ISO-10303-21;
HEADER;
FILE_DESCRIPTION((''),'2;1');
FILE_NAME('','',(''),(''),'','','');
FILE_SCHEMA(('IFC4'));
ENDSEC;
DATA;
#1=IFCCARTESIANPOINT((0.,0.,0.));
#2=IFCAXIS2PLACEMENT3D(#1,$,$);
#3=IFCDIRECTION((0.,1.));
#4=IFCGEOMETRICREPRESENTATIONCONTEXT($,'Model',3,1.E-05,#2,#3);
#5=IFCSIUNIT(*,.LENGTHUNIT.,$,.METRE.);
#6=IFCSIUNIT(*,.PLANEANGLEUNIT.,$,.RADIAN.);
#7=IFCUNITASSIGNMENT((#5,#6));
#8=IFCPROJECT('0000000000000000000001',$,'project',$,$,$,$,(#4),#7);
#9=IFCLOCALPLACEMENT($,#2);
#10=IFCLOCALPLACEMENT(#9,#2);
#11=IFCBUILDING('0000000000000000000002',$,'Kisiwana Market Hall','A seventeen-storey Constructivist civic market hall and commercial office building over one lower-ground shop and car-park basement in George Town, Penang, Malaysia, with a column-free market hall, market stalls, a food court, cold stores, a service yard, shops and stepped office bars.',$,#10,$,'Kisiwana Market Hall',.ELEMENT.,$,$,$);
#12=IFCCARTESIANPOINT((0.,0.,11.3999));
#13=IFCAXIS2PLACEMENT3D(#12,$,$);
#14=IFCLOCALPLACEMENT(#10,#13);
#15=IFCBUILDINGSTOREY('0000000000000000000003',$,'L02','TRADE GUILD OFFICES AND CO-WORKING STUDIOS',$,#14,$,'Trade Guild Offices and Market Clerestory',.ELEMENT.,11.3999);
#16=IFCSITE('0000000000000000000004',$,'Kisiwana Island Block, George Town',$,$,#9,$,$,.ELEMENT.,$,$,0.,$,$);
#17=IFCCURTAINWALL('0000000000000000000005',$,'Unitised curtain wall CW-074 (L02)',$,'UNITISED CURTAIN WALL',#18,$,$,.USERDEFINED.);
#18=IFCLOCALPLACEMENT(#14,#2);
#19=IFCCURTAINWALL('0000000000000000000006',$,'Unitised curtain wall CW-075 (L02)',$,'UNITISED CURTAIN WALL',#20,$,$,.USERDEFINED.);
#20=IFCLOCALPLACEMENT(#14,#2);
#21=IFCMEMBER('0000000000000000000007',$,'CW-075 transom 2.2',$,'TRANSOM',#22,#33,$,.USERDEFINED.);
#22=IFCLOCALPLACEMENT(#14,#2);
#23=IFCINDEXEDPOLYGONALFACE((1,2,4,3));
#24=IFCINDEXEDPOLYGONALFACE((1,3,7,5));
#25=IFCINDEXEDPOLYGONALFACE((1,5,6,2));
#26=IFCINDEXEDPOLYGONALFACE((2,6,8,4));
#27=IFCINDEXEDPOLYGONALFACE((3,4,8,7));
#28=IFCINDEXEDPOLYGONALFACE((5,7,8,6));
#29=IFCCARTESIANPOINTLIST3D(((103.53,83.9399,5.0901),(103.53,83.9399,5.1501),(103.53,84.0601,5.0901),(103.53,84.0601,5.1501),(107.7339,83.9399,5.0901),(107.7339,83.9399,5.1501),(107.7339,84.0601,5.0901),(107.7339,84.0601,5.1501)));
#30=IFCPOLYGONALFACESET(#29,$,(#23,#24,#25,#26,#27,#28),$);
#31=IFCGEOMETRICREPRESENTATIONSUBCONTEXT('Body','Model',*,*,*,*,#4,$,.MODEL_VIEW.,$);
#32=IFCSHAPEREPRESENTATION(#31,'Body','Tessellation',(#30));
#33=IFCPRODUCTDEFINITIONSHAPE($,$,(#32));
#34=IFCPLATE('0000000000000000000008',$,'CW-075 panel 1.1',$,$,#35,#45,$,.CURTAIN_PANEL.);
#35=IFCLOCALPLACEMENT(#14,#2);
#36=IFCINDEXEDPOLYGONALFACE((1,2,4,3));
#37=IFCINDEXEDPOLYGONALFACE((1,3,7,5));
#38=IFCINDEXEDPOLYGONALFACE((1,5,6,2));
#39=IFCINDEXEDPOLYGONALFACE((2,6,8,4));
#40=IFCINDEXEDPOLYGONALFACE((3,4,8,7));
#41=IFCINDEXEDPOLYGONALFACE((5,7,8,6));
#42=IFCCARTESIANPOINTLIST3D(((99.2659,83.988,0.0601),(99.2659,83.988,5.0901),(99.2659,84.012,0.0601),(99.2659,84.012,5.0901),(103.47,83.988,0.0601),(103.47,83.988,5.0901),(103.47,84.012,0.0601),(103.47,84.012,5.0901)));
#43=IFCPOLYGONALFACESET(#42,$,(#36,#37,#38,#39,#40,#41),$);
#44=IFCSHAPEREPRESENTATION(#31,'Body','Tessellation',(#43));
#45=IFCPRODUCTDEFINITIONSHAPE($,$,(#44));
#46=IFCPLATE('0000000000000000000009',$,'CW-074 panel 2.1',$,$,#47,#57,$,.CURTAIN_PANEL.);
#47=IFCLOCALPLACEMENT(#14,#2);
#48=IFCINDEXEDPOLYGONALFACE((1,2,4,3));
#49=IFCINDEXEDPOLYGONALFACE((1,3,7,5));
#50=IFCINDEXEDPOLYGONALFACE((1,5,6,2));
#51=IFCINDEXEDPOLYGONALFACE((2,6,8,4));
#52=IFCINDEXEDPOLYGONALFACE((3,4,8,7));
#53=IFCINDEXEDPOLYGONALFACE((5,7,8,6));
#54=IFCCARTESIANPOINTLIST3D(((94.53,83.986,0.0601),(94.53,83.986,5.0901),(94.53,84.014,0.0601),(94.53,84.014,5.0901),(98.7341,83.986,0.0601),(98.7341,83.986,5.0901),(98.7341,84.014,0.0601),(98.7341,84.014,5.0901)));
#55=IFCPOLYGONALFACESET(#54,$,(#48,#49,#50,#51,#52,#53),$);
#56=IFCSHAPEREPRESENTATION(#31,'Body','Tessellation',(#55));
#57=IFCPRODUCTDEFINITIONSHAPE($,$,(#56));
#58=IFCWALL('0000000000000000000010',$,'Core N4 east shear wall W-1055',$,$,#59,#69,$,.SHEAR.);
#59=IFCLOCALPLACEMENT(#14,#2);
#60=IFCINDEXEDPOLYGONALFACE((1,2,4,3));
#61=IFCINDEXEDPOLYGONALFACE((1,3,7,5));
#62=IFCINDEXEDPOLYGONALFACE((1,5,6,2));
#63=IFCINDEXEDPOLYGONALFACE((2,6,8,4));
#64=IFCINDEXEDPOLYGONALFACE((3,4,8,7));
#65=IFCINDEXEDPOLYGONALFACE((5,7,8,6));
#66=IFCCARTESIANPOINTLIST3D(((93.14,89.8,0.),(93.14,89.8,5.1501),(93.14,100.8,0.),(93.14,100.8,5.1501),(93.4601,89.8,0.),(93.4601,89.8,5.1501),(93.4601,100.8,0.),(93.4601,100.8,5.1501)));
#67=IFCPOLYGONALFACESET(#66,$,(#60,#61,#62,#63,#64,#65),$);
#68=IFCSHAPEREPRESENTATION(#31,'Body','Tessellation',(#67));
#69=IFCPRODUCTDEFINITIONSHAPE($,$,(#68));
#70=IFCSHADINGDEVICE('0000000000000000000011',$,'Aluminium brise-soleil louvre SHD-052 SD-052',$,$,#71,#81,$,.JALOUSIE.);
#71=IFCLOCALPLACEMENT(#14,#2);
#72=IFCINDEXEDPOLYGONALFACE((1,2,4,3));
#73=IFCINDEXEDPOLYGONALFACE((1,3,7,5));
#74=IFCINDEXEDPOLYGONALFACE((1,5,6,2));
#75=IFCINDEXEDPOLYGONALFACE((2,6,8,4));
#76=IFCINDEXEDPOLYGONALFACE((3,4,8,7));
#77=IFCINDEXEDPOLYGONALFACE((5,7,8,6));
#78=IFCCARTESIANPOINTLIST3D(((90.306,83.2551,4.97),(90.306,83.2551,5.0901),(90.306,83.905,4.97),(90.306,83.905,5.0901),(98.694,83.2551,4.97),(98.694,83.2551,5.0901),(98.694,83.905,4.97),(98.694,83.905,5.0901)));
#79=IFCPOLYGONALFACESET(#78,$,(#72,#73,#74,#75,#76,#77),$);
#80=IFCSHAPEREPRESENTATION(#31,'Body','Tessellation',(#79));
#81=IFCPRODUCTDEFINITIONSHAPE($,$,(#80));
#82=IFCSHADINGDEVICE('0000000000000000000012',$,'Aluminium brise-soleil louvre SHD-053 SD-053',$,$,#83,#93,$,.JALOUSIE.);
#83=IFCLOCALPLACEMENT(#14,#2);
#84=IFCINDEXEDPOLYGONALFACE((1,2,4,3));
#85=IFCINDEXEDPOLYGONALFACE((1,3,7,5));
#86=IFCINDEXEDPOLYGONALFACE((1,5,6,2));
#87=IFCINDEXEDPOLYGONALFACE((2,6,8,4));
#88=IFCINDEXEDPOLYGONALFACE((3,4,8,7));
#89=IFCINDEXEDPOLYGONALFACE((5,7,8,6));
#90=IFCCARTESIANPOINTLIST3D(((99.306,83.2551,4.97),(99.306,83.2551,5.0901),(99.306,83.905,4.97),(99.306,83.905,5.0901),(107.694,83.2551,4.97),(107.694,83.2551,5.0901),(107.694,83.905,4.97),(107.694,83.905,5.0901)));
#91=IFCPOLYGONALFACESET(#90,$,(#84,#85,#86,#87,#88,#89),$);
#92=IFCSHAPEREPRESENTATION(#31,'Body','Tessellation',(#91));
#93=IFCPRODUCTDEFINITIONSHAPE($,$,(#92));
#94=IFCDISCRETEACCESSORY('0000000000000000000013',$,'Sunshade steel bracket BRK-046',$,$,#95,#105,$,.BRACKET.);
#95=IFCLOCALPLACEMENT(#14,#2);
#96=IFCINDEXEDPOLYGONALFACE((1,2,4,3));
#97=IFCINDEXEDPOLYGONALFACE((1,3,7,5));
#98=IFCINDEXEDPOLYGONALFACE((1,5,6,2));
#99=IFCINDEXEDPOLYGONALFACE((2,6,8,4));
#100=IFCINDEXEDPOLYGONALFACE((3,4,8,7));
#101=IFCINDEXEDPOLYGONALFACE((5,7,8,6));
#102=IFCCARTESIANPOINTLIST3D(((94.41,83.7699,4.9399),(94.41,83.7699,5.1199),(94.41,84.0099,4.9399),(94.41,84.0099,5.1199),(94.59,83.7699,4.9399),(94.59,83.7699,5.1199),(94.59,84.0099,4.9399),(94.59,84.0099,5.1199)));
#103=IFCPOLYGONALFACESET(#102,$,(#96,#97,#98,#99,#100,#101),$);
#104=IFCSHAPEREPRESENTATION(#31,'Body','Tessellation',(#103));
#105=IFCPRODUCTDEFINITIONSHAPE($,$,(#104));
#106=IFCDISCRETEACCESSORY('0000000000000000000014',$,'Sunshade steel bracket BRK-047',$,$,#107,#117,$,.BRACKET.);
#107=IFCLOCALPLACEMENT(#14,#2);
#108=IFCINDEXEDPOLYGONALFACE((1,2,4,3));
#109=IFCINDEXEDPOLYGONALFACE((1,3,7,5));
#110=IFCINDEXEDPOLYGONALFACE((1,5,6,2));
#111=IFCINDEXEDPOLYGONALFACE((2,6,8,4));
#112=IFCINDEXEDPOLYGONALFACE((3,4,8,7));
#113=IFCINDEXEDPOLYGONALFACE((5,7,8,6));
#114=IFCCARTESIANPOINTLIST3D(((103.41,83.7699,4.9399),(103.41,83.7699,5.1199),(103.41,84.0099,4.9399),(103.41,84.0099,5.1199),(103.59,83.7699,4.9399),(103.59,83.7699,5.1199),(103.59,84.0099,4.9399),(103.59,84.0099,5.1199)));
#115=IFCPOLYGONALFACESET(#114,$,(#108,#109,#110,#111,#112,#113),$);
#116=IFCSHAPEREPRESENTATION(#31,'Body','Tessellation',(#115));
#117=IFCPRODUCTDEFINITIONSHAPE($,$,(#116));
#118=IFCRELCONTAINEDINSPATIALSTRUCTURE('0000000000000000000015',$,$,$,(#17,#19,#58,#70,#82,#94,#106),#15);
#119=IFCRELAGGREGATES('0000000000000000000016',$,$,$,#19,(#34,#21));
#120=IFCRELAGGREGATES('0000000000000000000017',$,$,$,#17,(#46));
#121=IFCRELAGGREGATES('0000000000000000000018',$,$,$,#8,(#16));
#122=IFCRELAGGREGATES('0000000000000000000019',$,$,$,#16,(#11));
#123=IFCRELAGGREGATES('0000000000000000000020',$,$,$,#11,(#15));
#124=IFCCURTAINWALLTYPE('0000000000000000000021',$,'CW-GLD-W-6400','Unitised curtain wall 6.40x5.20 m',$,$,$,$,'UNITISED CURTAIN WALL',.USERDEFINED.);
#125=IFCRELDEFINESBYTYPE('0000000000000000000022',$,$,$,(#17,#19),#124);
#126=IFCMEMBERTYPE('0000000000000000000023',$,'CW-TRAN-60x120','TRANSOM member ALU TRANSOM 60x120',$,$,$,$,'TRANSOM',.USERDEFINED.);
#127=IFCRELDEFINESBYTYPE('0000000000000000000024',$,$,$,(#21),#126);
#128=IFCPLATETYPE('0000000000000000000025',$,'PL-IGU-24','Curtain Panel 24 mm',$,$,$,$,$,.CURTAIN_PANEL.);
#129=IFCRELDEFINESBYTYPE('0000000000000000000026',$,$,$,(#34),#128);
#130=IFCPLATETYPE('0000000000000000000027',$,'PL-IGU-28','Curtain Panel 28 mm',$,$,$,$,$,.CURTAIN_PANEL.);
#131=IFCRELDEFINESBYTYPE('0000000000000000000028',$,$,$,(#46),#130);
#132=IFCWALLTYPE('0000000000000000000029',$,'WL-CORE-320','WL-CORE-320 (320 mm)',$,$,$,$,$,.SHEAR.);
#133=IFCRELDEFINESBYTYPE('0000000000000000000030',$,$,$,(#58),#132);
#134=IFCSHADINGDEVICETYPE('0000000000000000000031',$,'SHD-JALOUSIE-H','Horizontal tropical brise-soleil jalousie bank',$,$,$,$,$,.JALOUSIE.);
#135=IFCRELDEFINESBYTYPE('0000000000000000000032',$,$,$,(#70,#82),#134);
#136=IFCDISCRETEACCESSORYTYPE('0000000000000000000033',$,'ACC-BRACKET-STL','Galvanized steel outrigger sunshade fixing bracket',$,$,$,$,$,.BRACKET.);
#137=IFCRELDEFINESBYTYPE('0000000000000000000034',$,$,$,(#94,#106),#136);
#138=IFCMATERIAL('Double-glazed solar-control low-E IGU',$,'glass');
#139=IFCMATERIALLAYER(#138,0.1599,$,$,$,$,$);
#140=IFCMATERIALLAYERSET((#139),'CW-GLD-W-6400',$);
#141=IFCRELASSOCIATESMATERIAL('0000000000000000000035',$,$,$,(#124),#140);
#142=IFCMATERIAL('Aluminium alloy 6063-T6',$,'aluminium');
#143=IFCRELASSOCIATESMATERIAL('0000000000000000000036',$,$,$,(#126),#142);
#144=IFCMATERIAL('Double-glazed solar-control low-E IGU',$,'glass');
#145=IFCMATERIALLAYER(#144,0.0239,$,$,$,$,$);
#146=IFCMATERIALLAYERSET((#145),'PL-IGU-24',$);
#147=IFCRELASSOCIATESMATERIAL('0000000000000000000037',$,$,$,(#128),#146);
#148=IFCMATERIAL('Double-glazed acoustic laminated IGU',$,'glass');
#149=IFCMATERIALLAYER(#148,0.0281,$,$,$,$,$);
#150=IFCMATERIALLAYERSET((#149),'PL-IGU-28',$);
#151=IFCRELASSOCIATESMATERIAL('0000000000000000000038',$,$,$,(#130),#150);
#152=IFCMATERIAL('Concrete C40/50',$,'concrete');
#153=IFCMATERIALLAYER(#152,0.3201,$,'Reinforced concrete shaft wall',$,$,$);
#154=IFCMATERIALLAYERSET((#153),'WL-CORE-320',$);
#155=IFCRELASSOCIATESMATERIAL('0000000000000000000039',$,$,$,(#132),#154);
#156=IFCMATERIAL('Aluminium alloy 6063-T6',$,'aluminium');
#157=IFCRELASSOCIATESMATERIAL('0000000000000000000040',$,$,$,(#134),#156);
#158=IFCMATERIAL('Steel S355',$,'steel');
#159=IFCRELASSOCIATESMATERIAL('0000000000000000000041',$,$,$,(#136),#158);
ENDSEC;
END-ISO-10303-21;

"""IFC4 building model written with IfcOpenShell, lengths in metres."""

from ifc_helpers import new_model, si_unit, direction, frame, frame_2d, origin, origin_2d, place, context, subcontext, project, spatial, rectangle, extrude, material, layer, layer_set, material_profile, profile_set, type_object, element, aggregate, save


model = new_model("IFC4")

# Units and contexts
model_context = context("Model", 3, precision=1e-05, world=origin(), true_north=direction((0.0, 1.0)))
body_context = subcontext(model_context, "Body", "Model", "MODEL_VIEW")
ifc_project = project(units=[si_unit("LENGTHUNIT", "METRE"), si_unit("PLANEANGLEUNIT", "RADIAN")], contexts=[model_context])

# Site, building, storey
site_placement = place(None, origin())
site = spatial("IfcSite", under=ifc_project, at=site_placement, Name="Kisiwana Island Block, George Town", CompositionType="ELEMENT", RefElevation=0.0)
building_placement = place(site_placement, origin())
building = spatial("IfcBuilding", under=site, at=building_placement, Name="Kisiwana Market Hall", Description="A seventeen-storey Constructivist civic market hall and commercial office building over one lower-ground shop and car-park basement in George Town, Penang, Malaysia, with a column-free market hall, market stalls, a food court, cold stores, a service yard, shops and stepped office bars.", LongName="Kisiwana Market Hall", CompositionType="ELEMENT")
storey_placement = place(building_placement, frame((0.0, 0.0, 11.3999)))
storey = spatial("IfcBuildingStorey", under=building, at=storey_placement, Name="L02", Description="TRADE GUILD OFFICES AND CO-WORKING STUDIOS", LongName="Trade Guild Offices and Market Clerestory", CompositionType="ELEMENT", Elevation=11.3999)

# Curtain walls
ifc_material_1 = material(Name="Double-glazed solar-control low-E IGU", Category="glass")
ifc_layer_1 = layer(ifc_material_1, 0.1599)
ifc_layer_set_1 = layer_set([ifc_layer_1], Name="CW-GLD-W-6400")
curtain_wall_type = type_object("IfcCurtainWallType", Name="CW-GLD-W-6400", Description="Unitised curtain wall 6.40x5.20 m", ElementType="UNITISED CURTAIN WALL", PredefinedType="USERDEFINED", material=ifc_layer_set_1)
curtain_wall_1_placement = place(storey_placement, origin())
curtain_wall_1 = element("IfcCurtainWall", 1, at=curtain_wall_1_placement, inside=storey, type_object=curtain_wall_type, Name="Unitised curtain wall CW-074 (L02)", ObjectType="UNITISED CURTAIN WALL", PredefinedType="USERDEFINED")
curtain_wall_2_placement = place(storey_placement, origin())
curtain_wall_2 = element("IfcCurtainWall", 2, at=curtain_wall_2_placement, inside=storey, type_object=curtain_wall_type, Name="Unitised curtain wall CW-075 (L02)", ObjectType="UNITISED CURTAIN WALL", PredefinedType="USERDEFINED")

# Member
ifc_material_2 = material(Name="Aluminium alloy 6063-T6", Category="aluminium")
ifc_material_profile_1 = material_profile(ifc_material_2, rectangle(XDim=0.1201, YDim=0.0601, at=origin_2d()), Name="ALU TRANSOM 60x120")
ifc_profile_set_1 = profile_set([ifc_material_profile_1], Name="Aluminium alloy 6063-T6")
member_type_1 = type_object("IfcMemberType", Name="CW-TRAN-60x120", Description="TRANSOM member ALU TRANSOM 60x120", ElementType="TRANSOM", PredefinedType="USERDEFINED", material=ifc_profile_set_1)
member_1_placement = place(storey_placement, frame((103.53, 84.0, 5.1201), z_axis=(1.0, 0.0, 0.0), x_axis=(0.0, 1.0, 0.0)))
member_1 = element("IfcMember", 3, at=member_1_placement, type_object=member_type_1, Name="CW-075 transom 2.2", ObjectType="TRANSOM", PredefinedType="USERDEFINED", context=body_context, shape_type="SweptSolid", body=[
    extrude(rectangle(XDim=0.1201, YDim=0.0601, at=origin_2d()), origin(), (0.0, 0.0, 1.0), 4.2039),
])

# Plates
ifc_material_3 = material(Name="Double-glazed solar-control low-E IGU", Category="glass")
ifc_layer_2 = layer(ifc_material_3, 0.0239)
ifc_layer_set_2 = layer_set([ifc_layer_2], Name="PL-IGU-24")
plate_type_1 = type_object("IfcPlateType", Name="PL-IGU-24", Description="Curtain Panel 24 mm", PredefinedType="CURTAIN_PANEL", material=ifc_layer_set_2)
plate_1_placement = place(storey_placement, frame((101.3679, 84.0, 0.0601), z_axis=(0.0, 0.0, 1.0), x_axis=(1.0, 0.0, 0.0)))
plate_1 = element("IfcPlate", 4, at=plate_1_placement, type_object=plate_type_1, Name="CW-075 panel 1.1", PredefinedType="CURTAIN_PANEL", context=body_context, shape_type="SweptSolid", body=[
    extrude(rectangle(XDim=4.2041, YDim=0.0239, at=origin_2d()), origin(), (0.0, 0.0, 1.0), 5.03),
])
aggregate(curtain_wall_2, [plate_1, member_1])
ifc_material_4 = material(Name="Double-glazed acoustic laminated IGU", Category="glass")
ifc_layer_3 = layer(ifc_material_4, 0.0281)
ifc_layer_set_3 = layer_set([ifc_layer_3], Name="PL-IGU-28")
plate_type_2 = type_object("IfcPlateType", Name="PL-IGU-28", Description="Curtain Panel 28 mm", PredefinedType="CURTAIN_PANEL", material=ifc_layer_set_3)
plate_2_placement = place(storey_placement, frame((96.6321, 84.0, 0.0601), z_axis=(0.0, 0.0, 1.0), x_axis=(1.0, 0.0, 0.0)))
plate_2 = element("IfcPlate", 5, at=plate_2_placement, type_object=plate_type_2, Name="CW-074 panel 2.1", PredefinedType="CURTAIN_PANEL", context=body_context, shape_type="SweptSolid", body=[
    extrude(rectangle(XDim=4.2041, YDim=0.0281, at=origin_2d()), origin(), (0.0, 0.0, 1.0), 5.03),
])
aggregate(curtain_wall_1, [plate_2])

# Wall
ifc_material_5 = material(Name="Concrete C40/50", Category="concrete")
ifc_layer_4 = layer(ifc_material_5, 0.3201, Name="Reinforced concrete shaft wall")
ifc_layer_set_4 = layer_set([ifc_layer_4], Name="WL-CORE-320")
wall_type = type_object("IfcWallType", Name="WL-CORE-320", Description="WL-CORE-320 (320 mm)", PredefinedType="SHEAR", material=ifc_layer_set_4)
wall_placement = place(storey_placement, frame((93.3, 89.8, 0.0), z_axis=(0.0, 0.0, 1.0), x_axis=(0.0, 1.0, 0.0)))
element("IfcWall", 6, at=wall_placement, inside=storey, type_object=wall_type, Name="Core N4 east shear wall W-1055", PredefinedType="SHEAR", context=body_context, shape_type="SweptSolid", body=[
    extrude(rectangle(XDim=11.0, YDim=0.3201, at=frame_2d((5.5, 0.0))), origin(), (0.0, 0.0, 1.0), 5.1501),
])

# Shading devices
ifc_material_6 = material(Name="Aluminium alloy 6063-T6", Category="aluminium")
shading_device_type = type_object("IfcShadingDeviceType", Name="SHD-JALOUSIE-H", Description="Horizontal tropical brise-soleil jalousie bank", PredefinedType="JALOUSIE", material=ifc_material_6)
for number, where, z_axis, x_axis, name in (
    (7, (94.5, 83.5801, 4.97), (0.0, 0.0, 1.0), (1.0, 0.0, 0.0), "Aluminium brise-soleil louvre SHD-052 SD-052"),
    (8, (103.5, 83.5801, 4.97), (0.0, 0.0, 1.0), (1.0, 0.0, 0.0), "Aluminium brise-soleil louvre SHD-053 SD-053"),
):
    element("IfcShadingDevice", number, at=place(storey_placement, frame(where, z_axis=z_axis, x_axis=x_axis)), inside=storey, type_object=shading_device_type, Name=name, PredefinedType="JALOUSIE", context=body_context, shape_type="SweptSolid", body=[
        extrude(rectangle(XDim=8.3879, YDim=0.6499, at=origin_2d()), origin(), (0.0, 0.0, 1.0), 0.1201),
    ])

# Discrete accessories
ifc_material_7 = material(Name="Steel S355", Category="steel")
discrete_accessory_type = type_object("IfcDiscreteAccessoryType", Name="ACC-BRACKET-STL", Description="Galvanized steel outrigger sunshade fixing bracket", PredefinedType="BRACKET", material=ifc_material_7)
for number, where, z_axis, x_axis, name in (
    (9, (94.5, 83.8899, 4.9399), (0.0, 0.0, 1.0), (1.0, 0.0, 0.0), "Sunshade steel bracket BRK-046"),
    (10, (103.5, 83.8899, 4.9399), (0.0, 0.0, 1.0), (1.0, 0.0, 0.0), "Sunshade steel bracket BRK-047"),
):
    element("IfcDiscreteAccessory", number, at=place(storey_placement, frame(where, z_axis=z_axis, x_axis=x_axis)), inside=storey, type_object=discrete_accessory_type, Name=name, PredefinedType="BRACKET", context=body_context, shape_type="SweptSolid", body=[
        extrude(rectangle(XDim=0.1799, YDim=0.24, at=origin_2d()), origin(), (0.0, 0.0, 1.0), 0.1799),
    ])

save(model, "model.ifc")
